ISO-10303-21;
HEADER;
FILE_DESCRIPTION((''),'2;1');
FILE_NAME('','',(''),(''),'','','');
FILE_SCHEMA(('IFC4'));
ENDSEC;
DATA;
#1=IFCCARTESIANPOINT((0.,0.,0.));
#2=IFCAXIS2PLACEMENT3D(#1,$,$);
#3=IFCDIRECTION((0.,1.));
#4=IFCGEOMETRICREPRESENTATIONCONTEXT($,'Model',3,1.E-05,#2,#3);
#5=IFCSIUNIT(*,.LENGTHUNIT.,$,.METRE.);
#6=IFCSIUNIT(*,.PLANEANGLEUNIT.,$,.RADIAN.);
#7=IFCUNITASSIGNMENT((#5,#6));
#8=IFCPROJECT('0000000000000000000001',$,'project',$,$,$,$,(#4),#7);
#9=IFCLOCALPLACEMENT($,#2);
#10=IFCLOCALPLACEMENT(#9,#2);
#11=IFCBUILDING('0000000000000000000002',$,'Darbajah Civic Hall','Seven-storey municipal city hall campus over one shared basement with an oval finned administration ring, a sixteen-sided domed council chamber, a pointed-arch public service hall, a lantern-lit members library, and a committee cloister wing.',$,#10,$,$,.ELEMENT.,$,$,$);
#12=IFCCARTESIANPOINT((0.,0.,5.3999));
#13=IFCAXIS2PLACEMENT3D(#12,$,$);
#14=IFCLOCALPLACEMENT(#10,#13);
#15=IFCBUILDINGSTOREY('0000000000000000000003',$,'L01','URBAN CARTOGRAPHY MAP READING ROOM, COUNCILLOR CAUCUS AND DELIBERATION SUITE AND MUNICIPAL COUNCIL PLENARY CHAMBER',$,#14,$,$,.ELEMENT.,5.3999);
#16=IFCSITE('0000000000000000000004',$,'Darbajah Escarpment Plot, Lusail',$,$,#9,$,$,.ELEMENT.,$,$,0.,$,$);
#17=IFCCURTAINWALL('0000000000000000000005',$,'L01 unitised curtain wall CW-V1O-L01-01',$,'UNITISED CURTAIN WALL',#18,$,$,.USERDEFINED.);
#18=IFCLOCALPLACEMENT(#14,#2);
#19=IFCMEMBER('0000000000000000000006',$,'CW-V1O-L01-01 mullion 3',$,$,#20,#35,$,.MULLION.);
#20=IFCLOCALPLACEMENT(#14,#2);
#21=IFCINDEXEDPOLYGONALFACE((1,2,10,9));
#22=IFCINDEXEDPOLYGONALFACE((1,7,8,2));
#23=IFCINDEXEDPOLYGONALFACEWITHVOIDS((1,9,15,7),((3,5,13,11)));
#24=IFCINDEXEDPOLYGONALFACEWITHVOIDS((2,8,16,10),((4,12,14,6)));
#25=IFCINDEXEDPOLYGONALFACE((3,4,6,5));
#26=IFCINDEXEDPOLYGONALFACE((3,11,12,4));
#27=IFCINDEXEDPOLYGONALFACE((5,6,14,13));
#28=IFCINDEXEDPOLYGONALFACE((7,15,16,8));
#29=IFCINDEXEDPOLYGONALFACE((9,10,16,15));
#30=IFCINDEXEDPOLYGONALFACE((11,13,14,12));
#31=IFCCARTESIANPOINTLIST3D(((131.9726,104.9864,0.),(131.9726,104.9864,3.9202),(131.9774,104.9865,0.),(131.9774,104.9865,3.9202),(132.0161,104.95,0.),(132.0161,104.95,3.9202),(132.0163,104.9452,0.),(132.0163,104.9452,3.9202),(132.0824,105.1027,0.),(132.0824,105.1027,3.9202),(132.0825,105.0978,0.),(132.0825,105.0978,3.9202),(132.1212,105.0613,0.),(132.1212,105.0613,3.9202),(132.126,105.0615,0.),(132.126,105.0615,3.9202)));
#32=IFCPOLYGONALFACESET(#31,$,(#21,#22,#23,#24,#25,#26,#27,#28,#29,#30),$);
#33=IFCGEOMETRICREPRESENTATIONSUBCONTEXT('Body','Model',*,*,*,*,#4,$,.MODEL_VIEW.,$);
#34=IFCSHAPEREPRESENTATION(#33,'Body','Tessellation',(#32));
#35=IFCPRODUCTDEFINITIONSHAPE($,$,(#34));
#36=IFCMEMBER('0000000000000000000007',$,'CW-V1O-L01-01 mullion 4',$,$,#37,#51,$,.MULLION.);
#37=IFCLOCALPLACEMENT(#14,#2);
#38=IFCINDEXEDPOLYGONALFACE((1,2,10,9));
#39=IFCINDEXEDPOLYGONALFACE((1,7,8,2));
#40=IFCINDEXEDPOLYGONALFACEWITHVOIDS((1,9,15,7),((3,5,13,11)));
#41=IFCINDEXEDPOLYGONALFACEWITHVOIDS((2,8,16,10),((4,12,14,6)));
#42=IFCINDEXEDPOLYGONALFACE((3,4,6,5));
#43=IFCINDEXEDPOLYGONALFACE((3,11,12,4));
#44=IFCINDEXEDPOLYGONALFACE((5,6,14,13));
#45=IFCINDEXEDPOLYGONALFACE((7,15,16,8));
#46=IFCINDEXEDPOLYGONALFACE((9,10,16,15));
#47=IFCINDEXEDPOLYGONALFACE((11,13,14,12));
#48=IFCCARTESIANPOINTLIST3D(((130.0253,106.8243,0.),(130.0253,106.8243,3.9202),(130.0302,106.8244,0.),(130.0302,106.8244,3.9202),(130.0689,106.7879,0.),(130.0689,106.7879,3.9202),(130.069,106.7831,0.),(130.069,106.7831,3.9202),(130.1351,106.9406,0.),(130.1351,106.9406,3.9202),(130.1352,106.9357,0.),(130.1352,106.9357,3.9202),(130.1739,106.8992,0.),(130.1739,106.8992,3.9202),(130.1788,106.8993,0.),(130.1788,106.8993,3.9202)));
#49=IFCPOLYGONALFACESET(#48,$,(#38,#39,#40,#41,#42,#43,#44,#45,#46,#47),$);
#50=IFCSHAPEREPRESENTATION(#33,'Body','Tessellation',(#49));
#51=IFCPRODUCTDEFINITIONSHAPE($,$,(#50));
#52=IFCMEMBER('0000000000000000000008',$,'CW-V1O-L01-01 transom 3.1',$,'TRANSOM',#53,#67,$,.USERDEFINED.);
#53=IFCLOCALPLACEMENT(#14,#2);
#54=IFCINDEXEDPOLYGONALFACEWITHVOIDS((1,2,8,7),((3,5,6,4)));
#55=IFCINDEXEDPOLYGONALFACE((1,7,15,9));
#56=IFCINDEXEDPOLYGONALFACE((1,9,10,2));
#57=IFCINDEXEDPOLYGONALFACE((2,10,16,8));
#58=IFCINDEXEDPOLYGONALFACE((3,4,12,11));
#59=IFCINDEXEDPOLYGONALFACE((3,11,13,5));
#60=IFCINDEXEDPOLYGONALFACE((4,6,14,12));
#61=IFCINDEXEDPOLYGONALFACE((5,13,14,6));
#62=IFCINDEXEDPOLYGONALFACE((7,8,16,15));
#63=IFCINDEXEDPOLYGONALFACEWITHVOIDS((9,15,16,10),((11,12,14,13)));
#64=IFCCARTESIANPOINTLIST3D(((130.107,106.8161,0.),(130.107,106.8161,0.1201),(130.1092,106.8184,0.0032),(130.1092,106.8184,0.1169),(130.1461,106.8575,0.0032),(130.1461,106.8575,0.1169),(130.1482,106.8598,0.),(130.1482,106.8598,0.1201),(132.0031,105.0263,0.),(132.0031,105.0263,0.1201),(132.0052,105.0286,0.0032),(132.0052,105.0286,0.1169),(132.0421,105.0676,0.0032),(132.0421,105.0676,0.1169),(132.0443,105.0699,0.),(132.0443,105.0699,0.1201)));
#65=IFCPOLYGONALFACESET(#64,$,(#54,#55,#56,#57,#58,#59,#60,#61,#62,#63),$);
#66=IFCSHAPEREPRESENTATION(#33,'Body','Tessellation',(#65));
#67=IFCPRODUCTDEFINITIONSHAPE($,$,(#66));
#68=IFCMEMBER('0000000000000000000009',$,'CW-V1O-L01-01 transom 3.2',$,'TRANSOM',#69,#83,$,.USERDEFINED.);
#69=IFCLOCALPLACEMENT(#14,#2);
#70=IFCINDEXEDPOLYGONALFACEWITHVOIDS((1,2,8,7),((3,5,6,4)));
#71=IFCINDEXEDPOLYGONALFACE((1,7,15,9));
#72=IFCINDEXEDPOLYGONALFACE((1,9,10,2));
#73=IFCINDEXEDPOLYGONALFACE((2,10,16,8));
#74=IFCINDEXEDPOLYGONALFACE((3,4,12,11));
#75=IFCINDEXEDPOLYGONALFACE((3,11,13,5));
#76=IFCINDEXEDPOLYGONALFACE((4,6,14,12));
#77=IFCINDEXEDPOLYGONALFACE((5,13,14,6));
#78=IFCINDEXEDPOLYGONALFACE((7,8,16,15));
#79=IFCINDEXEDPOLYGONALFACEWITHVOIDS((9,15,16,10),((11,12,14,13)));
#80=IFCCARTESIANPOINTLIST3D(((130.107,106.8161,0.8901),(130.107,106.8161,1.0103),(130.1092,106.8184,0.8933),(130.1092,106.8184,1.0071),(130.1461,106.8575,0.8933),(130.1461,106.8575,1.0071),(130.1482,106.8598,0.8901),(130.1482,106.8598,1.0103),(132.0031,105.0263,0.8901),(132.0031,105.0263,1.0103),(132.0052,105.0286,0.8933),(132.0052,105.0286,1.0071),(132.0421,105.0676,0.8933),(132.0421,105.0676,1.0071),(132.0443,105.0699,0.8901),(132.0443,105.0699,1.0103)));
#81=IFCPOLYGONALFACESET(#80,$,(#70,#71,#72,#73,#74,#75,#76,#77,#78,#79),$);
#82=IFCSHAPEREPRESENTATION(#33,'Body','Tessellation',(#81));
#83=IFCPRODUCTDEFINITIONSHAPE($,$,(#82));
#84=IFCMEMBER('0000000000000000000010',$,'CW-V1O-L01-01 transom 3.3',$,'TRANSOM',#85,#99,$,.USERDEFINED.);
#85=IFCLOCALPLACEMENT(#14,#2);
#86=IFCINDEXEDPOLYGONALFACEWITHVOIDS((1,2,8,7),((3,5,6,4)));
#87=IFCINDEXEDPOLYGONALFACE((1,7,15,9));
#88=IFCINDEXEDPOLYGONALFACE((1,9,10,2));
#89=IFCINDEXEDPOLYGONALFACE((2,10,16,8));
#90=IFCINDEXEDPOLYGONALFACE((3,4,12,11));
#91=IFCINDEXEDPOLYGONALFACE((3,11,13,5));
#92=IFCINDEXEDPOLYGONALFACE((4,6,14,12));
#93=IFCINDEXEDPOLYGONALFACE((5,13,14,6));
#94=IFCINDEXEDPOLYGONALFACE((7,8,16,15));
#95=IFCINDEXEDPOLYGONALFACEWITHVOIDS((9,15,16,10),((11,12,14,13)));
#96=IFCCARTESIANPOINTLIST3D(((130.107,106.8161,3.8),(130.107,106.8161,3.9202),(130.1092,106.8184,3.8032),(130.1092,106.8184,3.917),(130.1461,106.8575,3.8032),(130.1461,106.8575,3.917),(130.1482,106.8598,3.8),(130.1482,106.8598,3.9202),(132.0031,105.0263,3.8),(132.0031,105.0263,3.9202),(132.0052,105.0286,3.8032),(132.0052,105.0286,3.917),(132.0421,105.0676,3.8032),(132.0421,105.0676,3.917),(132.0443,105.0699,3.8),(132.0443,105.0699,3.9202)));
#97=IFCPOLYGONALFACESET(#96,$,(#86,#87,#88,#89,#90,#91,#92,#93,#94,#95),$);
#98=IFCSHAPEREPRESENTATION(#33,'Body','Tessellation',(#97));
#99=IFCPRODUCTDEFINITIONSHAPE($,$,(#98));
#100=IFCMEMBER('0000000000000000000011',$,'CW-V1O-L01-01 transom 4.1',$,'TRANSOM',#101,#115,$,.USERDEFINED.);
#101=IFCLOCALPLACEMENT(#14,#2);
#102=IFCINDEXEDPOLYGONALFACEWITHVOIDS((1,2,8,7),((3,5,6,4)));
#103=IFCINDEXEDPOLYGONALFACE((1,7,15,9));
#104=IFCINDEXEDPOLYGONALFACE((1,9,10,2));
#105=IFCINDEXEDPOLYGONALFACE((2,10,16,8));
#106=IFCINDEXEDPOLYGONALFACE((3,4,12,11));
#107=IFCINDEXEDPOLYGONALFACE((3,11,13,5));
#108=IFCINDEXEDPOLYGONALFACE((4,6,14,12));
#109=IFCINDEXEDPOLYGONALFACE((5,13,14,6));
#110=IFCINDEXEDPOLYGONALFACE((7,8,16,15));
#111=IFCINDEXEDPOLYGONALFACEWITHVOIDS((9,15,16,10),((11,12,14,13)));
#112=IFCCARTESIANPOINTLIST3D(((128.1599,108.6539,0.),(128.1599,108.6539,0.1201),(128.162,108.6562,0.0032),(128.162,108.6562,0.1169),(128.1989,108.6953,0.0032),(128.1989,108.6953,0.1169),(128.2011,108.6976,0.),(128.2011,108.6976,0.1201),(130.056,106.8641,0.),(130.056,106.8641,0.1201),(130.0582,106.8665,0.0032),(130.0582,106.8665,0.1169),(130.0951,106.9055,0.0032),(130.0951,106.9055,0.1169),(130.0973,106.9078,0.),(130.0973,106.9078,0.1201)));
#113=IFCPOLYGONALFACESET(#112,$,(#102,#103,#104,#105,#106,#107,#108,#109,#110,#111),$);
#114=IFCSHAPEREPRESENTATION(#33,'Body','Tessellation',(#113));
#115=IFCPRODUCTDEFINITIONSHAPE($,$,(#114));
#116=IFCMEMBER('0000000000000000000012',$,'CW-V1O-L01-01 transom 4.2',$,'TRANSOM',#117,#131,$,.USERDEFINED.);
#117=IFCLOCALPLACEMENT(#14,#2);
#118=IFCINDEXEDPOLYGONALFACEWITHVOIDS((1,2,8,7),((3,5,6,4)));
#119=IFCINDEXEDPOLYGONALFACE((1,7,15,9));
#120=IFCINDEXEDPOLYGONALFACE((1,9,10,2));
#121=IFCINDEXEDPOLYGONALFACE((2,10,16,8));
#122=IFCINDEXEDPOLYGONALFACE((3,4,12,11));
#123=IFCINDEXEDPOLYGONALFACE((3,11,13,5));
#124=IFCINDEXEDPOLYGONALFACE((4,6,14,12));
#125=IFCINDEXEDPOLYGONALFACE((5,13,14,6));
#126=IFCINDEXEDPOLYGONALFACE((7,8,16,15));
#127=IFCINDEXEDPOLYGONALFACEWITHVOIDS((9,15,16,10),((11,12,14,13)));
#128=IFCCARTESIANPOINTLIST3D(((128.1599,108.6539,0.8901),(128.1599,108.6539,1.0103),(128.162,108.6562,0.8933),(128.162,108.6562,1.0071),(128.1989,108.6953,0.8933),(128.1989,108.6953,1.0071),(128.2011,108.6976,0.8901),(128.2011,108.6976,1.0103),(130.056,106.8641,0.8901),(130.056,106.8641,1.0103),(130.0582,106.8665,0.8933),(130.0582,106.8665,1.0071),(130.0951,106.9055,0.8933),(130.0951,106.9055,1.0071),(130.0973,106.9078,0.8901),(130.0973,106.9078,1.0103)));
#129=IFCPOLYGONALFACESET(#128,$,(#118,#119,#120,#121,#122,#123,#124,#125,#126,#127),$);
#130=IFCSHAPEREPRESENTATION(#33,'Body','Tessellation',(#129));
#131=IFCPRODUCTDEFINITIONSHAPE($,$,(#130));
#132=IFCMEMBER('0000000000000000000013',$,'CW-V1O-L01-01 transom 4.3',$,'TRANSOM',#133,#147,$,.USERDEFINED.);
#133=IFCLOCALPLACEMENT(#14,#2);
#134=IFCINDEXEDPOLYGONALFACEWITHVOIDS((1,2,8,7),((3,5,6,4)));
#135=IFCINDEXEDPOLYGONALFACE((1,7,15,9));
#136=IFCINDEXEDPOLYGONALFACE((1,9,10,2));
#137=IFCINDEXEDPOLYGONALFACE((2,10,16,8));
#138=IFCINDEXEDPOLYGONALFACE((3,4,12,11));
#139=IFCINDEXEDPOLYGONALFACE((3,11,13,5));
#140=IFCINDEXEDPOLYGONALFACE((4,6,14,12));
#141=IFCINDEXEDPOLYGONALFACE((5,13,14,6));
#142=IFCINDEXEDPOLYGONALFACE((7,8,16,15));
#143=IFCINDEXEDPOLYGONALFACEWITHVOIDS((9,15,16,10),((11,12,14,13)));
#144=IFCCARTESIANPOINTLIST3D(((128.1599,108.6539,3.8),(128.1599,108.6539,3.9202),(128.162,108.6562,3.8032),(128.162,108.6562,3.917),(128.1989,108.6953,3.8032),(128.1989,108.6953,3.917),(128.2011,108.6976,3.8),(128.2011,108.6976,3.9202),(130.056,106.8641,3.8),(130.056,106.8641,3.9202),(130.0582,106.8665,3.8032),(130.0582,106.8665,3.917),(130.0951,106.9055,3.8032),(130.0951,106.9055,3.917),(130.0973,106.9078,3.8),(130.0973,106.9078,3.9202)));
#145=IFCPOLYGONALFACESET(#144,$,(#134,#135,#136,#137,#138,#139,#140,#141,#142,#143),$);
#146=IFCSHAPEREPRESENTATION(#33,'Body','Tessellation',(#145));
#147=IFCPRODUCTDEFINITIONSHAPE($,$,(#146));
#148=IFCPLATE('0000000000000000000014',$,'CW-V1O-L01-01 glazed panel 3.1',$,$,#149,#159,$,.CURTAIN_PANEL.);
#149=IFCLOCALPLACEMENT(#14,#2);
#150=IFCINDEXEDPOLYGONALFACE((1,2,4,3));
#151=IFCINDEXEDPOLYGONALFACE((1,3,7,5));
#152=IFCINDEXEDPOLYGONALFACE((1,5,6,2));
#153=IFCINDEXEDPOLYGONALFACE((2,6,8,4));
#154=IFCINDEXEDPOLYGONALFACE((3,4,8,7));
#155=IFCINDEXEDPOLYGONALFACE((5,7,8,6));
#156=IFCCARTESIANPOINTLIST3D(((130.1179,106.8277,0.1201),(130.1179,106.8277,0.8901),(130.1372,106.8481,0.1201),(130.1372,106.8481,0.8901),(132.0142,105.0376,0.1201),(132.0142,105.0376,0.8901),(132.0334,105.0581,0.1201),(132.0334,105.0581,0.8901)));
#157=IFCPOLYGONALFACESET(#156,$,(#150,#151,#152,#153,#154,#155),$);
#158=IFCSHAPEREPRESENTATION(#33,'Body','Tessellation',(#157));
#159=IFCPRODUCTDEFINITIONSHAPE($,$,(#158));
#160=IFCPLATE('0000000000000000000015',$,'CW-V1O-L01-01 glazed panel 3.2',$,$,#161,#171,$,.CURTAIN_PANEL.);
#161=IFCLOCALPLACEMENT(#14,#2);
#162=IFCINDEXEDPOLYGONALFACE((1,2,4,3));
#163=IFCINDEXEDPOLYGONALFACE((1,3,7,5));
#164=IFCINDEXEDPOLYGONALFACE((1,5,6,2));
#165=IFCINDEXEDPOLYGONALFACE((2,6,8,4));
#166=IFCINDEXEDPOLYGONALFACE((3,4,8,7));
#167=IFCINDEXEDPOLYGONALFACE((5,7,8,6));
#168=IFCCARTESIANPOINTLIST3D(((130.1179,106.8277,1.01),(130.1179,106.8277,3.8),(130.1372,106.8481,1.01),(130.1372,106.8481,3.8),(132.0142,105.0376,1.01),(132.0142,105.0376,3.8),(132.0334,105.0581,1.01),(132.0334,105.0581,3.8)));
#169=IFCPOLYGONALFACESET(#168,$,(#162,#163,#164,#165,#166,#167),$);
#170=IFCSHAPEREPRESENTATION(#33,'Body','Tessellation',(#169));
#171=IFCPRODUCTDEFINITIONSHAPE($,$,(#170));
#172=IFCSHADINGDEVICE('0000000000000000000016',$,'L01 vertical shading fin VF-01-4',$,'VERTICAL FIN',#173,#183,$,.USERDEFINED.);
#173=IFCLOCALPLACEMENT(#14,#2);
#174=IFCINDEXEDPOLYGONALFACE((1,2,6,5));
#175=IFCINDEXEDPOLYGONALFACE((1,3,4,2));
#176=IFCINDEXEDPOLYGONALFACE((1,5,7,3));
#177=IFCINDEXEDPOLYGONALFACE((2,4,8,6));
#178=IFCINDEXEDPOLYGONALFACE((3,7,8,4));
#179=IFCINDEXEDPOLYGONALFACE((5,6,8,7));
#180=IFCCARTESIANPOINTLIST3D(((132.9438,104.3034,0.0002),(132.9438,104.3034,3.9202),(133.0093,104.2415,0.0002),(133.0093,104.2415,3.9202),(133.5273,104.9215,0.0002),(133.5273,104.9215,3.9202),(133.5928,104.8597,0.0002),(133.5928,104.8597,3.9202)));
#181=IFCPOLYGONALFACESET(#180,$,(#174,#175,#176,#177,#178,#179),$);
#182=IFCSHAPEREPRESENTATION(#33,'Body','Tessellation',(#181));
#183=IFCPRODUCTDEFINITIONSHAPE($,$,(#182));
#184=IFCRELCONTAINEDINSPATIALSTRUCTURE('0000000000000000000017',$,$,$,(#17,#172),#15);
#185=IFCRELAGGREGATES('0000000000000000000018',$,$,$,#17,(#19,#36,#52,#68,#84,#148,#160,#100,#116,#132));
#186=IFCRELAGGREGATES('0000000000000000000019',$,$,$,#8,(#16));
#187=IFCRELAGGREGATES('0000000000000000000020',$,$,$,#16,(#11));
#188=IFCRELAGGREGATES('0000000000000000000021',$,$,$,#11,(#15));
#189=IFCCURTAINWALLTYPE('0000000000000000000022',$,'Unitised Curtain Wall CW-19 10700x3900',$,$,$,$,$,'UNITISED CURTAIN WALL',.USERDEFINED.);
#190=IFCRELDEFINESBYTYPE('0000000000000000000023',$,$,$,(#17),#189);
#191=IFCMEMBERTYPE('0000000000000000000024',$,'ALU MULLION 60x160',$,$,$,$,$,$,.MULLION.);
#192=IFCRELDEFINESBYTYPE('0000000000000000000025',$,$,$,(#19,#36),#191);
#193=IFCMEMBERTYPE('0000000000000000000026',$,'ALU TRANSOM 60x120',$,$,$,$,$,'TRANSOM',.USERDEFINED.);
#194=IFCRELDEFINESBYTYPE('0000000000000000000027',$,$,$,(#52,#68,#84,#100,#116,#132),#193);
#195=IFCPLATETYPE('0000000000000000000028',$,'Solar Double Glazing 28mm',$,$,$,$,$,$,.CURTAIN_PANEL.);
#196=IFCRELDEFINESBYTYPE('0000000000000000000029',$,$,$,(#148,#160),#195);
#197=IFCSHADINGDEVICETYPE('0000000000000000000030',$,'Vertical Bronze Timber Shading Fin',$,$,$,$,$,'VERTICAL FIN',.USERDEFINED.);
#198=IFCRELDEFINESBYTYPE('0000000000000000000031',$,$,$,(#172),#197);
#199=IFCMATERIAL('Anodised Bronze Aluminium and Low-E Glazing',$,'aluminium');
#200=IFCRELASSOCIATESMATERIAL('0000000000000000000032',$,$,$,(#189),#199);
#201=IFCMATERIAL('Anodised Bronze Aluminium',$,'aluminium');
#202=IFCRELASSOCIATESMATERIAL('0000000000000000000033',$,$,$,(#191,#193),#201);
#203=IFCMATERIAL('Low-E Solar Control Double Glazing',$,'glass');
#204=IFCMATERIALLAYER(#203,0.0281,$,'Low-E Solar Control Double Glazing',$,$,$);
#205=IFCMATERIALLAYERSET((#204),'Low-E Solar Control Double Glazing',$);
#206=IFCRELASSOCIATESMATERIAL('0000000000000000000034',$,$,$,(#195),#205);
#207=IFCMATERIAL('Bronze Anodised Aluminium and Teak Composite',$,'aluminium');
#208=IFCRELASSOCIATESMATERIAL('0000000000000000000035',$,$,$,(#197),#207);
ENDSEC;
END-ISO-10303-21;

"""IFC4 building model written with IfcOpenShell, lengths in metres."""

from ifc_helpers import new_model, si_unit, direction, frame, origin, origin_2d, place, context, subcontext, project, spatial, rectangle, hollow_rectangle, extrude, material, layer, layer_set, material_profile, profile_set, type_object, element, aggregate, save


model = new_model("IFC4")

# Units and contexts
model_context = context("Model", 3, precision=1e-05, world=origin(), true_north=direction((0.0, 1.0)))
body_context = subcontext(model_context, "Body", "Model", "MODEL_VIEW")
ifc_project = project(units=[si_unit("LENGTHUNIT", "METRE"), si_unit("PLANEANGLEUNIT", "RADIAN")], contexts=[model_context])

# Site, building, storey
site_placement = place(None, origin())
site = spatial("IfcSite", under=ifc_project, at=site_placement, Name="Darbajah Escarpment Plot, Lusail", CompositionType="ELEMENT", RefElevation=0.0)
building_placement = place(site_placement, origin())
building = spatial("IfcBuilding", under=site, at=building_placement, Name="Darbajah Civic Hall", Description="Seven-storey municipal city hall campus over one shared basement with an oval finned administration ring, a sixteen-sided domed council chamber, a pointed-arch public service hall, a lantern-lit members library, and a committee cloister wing.", CompositionType="ELEMENT")
storey_placement = place(building_placement, frame((0.0, 0.0, 5.3999)))
storey = spatial("IfcBuildingStorey", under=building, at=storey_placement, Name="L01", Description="URBAN CARTOGRAPHY MAP READING ROOM, COUNCILLOR CAUCUS AND DELIBERATION SUITE AND MUNICIPAL COUNCIL PLENARY CHAMBER", CompositionType="ELEMENT", Elevation=5.3999)

# Curtain wall, members, plates
ifc_material_1 = material(Name="Anodised Bronze Aluminium and Low-E Glazing", Category="aluminium")
curtain_wall_type = type_object("IfcCurtainWallType", Name="Unitised Curtain Wall CW-19 10700x3900", ElementType="UNITISED CURTAIN WALL", PredefinedType="USERDEFINED", material=ifc_material_1)
curtain_wall_placement = place(storey_placement, origin())
curtain_wall = element("IfcCurtainWall", 1, at=curtain_wall_placement, inside=storey, type_object=curtain_wall_type, Name="L01 unitised curtain wall CW-V1O-L01-01", ObjectType="UNITISED CURTAIN WALL", PredefinedType="USERDEFINED")
ifc_material_2 = material(Name="Anodised Bronze Aluminium", Category="aluminium")
ifc_material_profile_1 = material_profile(ifc_material_2, hollow_rectangle(XDim=0.0601, YDim=0.1599, WallThickness=0.0034, at=origin_2d()), Name="ALU MULLION 60x160")
ifc_profile_set_1 = profile_set([ifc_material_profile_1], Name="Anodised Bronze Aluminium")
member_type_1 = type_object("IfcMemberType", Name="ALU MULLION 60x160", PredefinedType="MULLION", material=ifc_profile_set_1)
member_1_placement = place(storey_placement, frame((132.0493, 105.0239, 0.0), z_axis=(0.0, 0.0, 1.0), x_axis=(-0.727174, 0.686453, 0.0)))
member_1 = element("IfcMember", 2, at=member_1_placement, type_object=member_type_1, Name="CW-V1O-L01-01 mullion 3", PredefinedType="MULLION", context=body_context, shape_type="SweptSolid", body=[
    extrude(hollow_rectangle(XDim=0.0601, YDim=0.1599, WallThickness=0.0034, at=origin_2d()), origin(), (0.0, 0.0, 1.0), 3.9202),
])
member_2_placement = place(storey_placement, frame((130.1021, 106.8618, 0.0), z_axis=(0.0, 0.0, 1.0), x_axis=(-0.727174, 0.686453, 0.0)))
member_2 = element("IfcMember", 3, at=member_2_placement, type_object=member_type_1, Name="CW-V1O-L01-01 mullion 4", PredefinedType="MULLION", context=body_context, shape_type="SweptSolid", body=[
    extrude(hollow_rectangle(XDim=0.0601, YDim=0.1599, WallThickness=0.0034, at=origin_2d()), origin(), (0.0, 0.0, 1.0), 3.9202),
])
ifc_material_profile_2 = material_profile(ifc_material_2, hollow_rectangle(XDim=0.0601, YDim=0.1201, WallThickness=0.0032, at=origin_2d()), Name="ALU TRANSOM 60x120")
ifc_profile_set_2 = profile_set([ifc_material_profile_2], Name="Anodised Bronze Aluminium")
member_type_2 = type_object("IfcMemberType", Name="ALU TRANSOM 60x120", ElementType="TRANSOM", PredefinedType="USERDEFINED", material=ifc_profile_set_2)
member_3_placement = place(storey_placement, frame((132.0237, 105.0481, 0.0601), z_axis=(-0.727179, 0.686448, 0.0), x_axis=(-0.686448, -0.727179, 0.0)))
member_3 = element("IfcMember", 4, at=member_3_placement, type_object=member_type_2, Name="CW-V1O-L01-01 transom 3.1", ObjectType="TRANSOM", PredefinedType="USERDEFINED", context=body_context, shape_type="SweptSolid", body=[
    extrude(hollow_rectangle(XDim=0.0601, YDim=0.1201, WallThickness=0.0032, at=origin_2d()), origin(), (0.0, 0.0, 1.0), 2.6074),
])
member_4_placement = place(storey_placement, frame((132.0237, 105.0481, 0.9502), z_axis=(-0.727179, 0.686448, 0.0), x_axis=(-0.686448, -0.727179, 0.0)))
member_4 = element("IfcMember", 5, at=member_4_placement, type_object=member_type_2, Name="CW-V1O-L01-01 transom 3.2", ObjectType="TRANSOM", PredefinedType="USERDEFINED", context=body_context, shape_type="SweptSolid", body=[
    extrude(hollow_rectangle(XDim=0.0601, YDim=0.1201, WallThickness=0.0032, at=origin_2d()), origin(), (0.0, 0.0, 1.0), 2.6074),
])
member_5_placement = place(storey_placement, frame((132.0237, 105.0481, 3.8601), z_axis=(-0.727179, 0.686448, 0.0), x_axis=(-0.686448, -0.727179, 0.0)))
member_5 = element("IfcMember", 6, at=member_5_placement, type_object=member_type_2, Name="CW-V1O-L01-01 transom 3.3", ObjectType="TRANSOM", PredefinedType="USERDEFINED", context=body_context, shape_type="SweptSolid", body=[
    extrude(hollow_rectangle(XDim=0.0601, YDim=0.1201, WallThickness=0.0032, at=origin_2d()), origin(), (0.0, 0.0, 1.0), 2.6074),
])
member_6_placement = place(storey_placement, frame((130.0767, 106.886, 0.0601), z_axis=(-0.727223, 0.686401, 0.0), x_axis=(-0.686401, -0.727223, 0.0)))
member_6 = element("IfcMember", 7, at=member_6_placement, type_object=member_type_2, Name="CW-V1O-L01-01 transom 4.1", ObjectType="TRANSOM", PredefinedType="USERDEFINED", context=body_context, shape_type="SweptSolid", body=[
    extrude(hollow_rectangle(XDim=0.0601, YDim=0.1201, WallThickness=0.0032, at=origin_2d()), origin(), (0.0, 0.0, 1.0), 2.6074),
])
member_7_placement = place(storey_placement, frame((130.0767, 106.886, 0.9502), z_axis=(-0.727223, 0.686401, 0.0), x_axis=(-0.686401, -0.727223, 0.0)))
member_7 = element("IfcMember", 8, at=member_7_placement, type_object=member_type_2, Name="CW-V1O-L01-01 transom 4.2", ObjectType="TRANSOM", PredefinedType="USERDEFINED", context=body_context, shape_type="SweptSolid", body=[
    extrude(hollow_rectangle(XDim=0.0601, YDim=0.1201, WallThickness=0.0032, at=origin_2d()), origin(), (0.0, 0.0, 1.0), 2.6074),
])
member_8_placement = place(storey_placement, frame((130.0767, 106.886, 3.8601), z_axis=(-0.727223, 0.686401, 0.0), x_axis=(-0.686401, -0.727223, 0.0)))
member_8 = element("IfcMember", 9, at=member_8_placement, type_object=member_type_2, Name="CW-V1O-L01-01 transom 4.3", ObjectType="TRANSOM", PredefinedType="USERDEFINED", context=body_context, shape_type="SweptSolid", body=[
    extrude(hollow_rectangle(XDim=0.0601, YDim=0.1201, WallThickness=0.0032, at=origin_2d()), origin(), (0.0, 0.0, 1.0), 2.6074),
])
ifc_material_3 = material(Name="Low-E Solar Control Double Glazing", Category="glass")
ifc_layer = layer(ifc_material_3, 0.0281, Name="Low-E Solar Control Double Glazing")
ifc_layer_set = layer_set([ifc_layer], Name="Low-E Solar Control Double Glazing")
plate_type = type_object("IfcPlateType", Name="Solar Double Glazing 28mm", PredefinedType="CURTAIN_PANEL", material=ifc_layer_set)
plate_1_placement = place(storey_placement, frame((131.0757, 105.9429, 0.1201), z_axis=(0.0, 0.0, 1.0), x_axis=(-0.727174, 0.686453, 0.0)))
plate_1 = element("IfcPlate", 10, at=plate_1_placement, type_object=plate_type, Name="CW-V1O-L01-01 glazed panel 3.1", PredefinedType="CURTAIN_PANEL", context=body_context, shape_type="SweptSolid", body=[
    extrude(rectangle(XDim=2.6077, YDim=0.0281, at=origin_2d()), origin(), (0.0, 0.0, 1.0), 0.77),
])
plate_2_placement = place(storey_placement, frame((131.0757, 105.9429, 1.01), z_axis=(0.0, 0.0, 1.0), x_axis=(-0.727174, 0.686453, 0.0)))
plate_2 = element("IfcPlate", 11, at=plate_2_placement, type_object=plate_type, Name="CW-V1O-L01-01 glazed panel 3.2", PredefinedType="CURTAIN_PANEL", context=body_context, shape_type="SweptSolid", body=[
    extrude(rectangle(XDim=2.6077, YDim=0.0281, at=origin_2d()), origin(), (0.0, 0.0, 1.0), 2.79),
])
aggregate(curtain_wall, [member_1, member_2, member_3, member_4, member_5, plate_1, plate_2, member_6, member_7, member_8])

# Shading device
ifc_material_4 = material(Name="Bronze Anodised Aluminium and Teak Composite", Category="aluminium")
shading_device_type = type_object("IfcShadingDeviceType", Name="Vertical Bronze Timber Shading Fin", ElementType="VERTICAL FIN", PredefinedType="USERDEFINED", material=ifc_material_4)
for number, where, z_axis, x_axis, name in (
    (12, (133.2683, 104.5815, 0.0002), (0.0, 0.0, 1.0), (0.686453, 0.727174, 0.0), "L01 vertical shading fin VF-01-4"),
):
    element("IfcShadingDevice", number, at=place(storey_placement, frame(where, z_axis=z_axis, x_axis=x_axis)), inside=storey, type_object=shading_device_type, Name=name, ObjectType="VERTICAL FIN", PredefinedType="USERDEFINED", context=body_context, shape_type="SweptSolid", body=[
        extrude(rectangle(XDim=0.8501, YDim=0.0901, at=origin_2d()), origin(), (0.0, 0.0, 1.0), 3.9199),
    ])

save(model, "model.ifc")
